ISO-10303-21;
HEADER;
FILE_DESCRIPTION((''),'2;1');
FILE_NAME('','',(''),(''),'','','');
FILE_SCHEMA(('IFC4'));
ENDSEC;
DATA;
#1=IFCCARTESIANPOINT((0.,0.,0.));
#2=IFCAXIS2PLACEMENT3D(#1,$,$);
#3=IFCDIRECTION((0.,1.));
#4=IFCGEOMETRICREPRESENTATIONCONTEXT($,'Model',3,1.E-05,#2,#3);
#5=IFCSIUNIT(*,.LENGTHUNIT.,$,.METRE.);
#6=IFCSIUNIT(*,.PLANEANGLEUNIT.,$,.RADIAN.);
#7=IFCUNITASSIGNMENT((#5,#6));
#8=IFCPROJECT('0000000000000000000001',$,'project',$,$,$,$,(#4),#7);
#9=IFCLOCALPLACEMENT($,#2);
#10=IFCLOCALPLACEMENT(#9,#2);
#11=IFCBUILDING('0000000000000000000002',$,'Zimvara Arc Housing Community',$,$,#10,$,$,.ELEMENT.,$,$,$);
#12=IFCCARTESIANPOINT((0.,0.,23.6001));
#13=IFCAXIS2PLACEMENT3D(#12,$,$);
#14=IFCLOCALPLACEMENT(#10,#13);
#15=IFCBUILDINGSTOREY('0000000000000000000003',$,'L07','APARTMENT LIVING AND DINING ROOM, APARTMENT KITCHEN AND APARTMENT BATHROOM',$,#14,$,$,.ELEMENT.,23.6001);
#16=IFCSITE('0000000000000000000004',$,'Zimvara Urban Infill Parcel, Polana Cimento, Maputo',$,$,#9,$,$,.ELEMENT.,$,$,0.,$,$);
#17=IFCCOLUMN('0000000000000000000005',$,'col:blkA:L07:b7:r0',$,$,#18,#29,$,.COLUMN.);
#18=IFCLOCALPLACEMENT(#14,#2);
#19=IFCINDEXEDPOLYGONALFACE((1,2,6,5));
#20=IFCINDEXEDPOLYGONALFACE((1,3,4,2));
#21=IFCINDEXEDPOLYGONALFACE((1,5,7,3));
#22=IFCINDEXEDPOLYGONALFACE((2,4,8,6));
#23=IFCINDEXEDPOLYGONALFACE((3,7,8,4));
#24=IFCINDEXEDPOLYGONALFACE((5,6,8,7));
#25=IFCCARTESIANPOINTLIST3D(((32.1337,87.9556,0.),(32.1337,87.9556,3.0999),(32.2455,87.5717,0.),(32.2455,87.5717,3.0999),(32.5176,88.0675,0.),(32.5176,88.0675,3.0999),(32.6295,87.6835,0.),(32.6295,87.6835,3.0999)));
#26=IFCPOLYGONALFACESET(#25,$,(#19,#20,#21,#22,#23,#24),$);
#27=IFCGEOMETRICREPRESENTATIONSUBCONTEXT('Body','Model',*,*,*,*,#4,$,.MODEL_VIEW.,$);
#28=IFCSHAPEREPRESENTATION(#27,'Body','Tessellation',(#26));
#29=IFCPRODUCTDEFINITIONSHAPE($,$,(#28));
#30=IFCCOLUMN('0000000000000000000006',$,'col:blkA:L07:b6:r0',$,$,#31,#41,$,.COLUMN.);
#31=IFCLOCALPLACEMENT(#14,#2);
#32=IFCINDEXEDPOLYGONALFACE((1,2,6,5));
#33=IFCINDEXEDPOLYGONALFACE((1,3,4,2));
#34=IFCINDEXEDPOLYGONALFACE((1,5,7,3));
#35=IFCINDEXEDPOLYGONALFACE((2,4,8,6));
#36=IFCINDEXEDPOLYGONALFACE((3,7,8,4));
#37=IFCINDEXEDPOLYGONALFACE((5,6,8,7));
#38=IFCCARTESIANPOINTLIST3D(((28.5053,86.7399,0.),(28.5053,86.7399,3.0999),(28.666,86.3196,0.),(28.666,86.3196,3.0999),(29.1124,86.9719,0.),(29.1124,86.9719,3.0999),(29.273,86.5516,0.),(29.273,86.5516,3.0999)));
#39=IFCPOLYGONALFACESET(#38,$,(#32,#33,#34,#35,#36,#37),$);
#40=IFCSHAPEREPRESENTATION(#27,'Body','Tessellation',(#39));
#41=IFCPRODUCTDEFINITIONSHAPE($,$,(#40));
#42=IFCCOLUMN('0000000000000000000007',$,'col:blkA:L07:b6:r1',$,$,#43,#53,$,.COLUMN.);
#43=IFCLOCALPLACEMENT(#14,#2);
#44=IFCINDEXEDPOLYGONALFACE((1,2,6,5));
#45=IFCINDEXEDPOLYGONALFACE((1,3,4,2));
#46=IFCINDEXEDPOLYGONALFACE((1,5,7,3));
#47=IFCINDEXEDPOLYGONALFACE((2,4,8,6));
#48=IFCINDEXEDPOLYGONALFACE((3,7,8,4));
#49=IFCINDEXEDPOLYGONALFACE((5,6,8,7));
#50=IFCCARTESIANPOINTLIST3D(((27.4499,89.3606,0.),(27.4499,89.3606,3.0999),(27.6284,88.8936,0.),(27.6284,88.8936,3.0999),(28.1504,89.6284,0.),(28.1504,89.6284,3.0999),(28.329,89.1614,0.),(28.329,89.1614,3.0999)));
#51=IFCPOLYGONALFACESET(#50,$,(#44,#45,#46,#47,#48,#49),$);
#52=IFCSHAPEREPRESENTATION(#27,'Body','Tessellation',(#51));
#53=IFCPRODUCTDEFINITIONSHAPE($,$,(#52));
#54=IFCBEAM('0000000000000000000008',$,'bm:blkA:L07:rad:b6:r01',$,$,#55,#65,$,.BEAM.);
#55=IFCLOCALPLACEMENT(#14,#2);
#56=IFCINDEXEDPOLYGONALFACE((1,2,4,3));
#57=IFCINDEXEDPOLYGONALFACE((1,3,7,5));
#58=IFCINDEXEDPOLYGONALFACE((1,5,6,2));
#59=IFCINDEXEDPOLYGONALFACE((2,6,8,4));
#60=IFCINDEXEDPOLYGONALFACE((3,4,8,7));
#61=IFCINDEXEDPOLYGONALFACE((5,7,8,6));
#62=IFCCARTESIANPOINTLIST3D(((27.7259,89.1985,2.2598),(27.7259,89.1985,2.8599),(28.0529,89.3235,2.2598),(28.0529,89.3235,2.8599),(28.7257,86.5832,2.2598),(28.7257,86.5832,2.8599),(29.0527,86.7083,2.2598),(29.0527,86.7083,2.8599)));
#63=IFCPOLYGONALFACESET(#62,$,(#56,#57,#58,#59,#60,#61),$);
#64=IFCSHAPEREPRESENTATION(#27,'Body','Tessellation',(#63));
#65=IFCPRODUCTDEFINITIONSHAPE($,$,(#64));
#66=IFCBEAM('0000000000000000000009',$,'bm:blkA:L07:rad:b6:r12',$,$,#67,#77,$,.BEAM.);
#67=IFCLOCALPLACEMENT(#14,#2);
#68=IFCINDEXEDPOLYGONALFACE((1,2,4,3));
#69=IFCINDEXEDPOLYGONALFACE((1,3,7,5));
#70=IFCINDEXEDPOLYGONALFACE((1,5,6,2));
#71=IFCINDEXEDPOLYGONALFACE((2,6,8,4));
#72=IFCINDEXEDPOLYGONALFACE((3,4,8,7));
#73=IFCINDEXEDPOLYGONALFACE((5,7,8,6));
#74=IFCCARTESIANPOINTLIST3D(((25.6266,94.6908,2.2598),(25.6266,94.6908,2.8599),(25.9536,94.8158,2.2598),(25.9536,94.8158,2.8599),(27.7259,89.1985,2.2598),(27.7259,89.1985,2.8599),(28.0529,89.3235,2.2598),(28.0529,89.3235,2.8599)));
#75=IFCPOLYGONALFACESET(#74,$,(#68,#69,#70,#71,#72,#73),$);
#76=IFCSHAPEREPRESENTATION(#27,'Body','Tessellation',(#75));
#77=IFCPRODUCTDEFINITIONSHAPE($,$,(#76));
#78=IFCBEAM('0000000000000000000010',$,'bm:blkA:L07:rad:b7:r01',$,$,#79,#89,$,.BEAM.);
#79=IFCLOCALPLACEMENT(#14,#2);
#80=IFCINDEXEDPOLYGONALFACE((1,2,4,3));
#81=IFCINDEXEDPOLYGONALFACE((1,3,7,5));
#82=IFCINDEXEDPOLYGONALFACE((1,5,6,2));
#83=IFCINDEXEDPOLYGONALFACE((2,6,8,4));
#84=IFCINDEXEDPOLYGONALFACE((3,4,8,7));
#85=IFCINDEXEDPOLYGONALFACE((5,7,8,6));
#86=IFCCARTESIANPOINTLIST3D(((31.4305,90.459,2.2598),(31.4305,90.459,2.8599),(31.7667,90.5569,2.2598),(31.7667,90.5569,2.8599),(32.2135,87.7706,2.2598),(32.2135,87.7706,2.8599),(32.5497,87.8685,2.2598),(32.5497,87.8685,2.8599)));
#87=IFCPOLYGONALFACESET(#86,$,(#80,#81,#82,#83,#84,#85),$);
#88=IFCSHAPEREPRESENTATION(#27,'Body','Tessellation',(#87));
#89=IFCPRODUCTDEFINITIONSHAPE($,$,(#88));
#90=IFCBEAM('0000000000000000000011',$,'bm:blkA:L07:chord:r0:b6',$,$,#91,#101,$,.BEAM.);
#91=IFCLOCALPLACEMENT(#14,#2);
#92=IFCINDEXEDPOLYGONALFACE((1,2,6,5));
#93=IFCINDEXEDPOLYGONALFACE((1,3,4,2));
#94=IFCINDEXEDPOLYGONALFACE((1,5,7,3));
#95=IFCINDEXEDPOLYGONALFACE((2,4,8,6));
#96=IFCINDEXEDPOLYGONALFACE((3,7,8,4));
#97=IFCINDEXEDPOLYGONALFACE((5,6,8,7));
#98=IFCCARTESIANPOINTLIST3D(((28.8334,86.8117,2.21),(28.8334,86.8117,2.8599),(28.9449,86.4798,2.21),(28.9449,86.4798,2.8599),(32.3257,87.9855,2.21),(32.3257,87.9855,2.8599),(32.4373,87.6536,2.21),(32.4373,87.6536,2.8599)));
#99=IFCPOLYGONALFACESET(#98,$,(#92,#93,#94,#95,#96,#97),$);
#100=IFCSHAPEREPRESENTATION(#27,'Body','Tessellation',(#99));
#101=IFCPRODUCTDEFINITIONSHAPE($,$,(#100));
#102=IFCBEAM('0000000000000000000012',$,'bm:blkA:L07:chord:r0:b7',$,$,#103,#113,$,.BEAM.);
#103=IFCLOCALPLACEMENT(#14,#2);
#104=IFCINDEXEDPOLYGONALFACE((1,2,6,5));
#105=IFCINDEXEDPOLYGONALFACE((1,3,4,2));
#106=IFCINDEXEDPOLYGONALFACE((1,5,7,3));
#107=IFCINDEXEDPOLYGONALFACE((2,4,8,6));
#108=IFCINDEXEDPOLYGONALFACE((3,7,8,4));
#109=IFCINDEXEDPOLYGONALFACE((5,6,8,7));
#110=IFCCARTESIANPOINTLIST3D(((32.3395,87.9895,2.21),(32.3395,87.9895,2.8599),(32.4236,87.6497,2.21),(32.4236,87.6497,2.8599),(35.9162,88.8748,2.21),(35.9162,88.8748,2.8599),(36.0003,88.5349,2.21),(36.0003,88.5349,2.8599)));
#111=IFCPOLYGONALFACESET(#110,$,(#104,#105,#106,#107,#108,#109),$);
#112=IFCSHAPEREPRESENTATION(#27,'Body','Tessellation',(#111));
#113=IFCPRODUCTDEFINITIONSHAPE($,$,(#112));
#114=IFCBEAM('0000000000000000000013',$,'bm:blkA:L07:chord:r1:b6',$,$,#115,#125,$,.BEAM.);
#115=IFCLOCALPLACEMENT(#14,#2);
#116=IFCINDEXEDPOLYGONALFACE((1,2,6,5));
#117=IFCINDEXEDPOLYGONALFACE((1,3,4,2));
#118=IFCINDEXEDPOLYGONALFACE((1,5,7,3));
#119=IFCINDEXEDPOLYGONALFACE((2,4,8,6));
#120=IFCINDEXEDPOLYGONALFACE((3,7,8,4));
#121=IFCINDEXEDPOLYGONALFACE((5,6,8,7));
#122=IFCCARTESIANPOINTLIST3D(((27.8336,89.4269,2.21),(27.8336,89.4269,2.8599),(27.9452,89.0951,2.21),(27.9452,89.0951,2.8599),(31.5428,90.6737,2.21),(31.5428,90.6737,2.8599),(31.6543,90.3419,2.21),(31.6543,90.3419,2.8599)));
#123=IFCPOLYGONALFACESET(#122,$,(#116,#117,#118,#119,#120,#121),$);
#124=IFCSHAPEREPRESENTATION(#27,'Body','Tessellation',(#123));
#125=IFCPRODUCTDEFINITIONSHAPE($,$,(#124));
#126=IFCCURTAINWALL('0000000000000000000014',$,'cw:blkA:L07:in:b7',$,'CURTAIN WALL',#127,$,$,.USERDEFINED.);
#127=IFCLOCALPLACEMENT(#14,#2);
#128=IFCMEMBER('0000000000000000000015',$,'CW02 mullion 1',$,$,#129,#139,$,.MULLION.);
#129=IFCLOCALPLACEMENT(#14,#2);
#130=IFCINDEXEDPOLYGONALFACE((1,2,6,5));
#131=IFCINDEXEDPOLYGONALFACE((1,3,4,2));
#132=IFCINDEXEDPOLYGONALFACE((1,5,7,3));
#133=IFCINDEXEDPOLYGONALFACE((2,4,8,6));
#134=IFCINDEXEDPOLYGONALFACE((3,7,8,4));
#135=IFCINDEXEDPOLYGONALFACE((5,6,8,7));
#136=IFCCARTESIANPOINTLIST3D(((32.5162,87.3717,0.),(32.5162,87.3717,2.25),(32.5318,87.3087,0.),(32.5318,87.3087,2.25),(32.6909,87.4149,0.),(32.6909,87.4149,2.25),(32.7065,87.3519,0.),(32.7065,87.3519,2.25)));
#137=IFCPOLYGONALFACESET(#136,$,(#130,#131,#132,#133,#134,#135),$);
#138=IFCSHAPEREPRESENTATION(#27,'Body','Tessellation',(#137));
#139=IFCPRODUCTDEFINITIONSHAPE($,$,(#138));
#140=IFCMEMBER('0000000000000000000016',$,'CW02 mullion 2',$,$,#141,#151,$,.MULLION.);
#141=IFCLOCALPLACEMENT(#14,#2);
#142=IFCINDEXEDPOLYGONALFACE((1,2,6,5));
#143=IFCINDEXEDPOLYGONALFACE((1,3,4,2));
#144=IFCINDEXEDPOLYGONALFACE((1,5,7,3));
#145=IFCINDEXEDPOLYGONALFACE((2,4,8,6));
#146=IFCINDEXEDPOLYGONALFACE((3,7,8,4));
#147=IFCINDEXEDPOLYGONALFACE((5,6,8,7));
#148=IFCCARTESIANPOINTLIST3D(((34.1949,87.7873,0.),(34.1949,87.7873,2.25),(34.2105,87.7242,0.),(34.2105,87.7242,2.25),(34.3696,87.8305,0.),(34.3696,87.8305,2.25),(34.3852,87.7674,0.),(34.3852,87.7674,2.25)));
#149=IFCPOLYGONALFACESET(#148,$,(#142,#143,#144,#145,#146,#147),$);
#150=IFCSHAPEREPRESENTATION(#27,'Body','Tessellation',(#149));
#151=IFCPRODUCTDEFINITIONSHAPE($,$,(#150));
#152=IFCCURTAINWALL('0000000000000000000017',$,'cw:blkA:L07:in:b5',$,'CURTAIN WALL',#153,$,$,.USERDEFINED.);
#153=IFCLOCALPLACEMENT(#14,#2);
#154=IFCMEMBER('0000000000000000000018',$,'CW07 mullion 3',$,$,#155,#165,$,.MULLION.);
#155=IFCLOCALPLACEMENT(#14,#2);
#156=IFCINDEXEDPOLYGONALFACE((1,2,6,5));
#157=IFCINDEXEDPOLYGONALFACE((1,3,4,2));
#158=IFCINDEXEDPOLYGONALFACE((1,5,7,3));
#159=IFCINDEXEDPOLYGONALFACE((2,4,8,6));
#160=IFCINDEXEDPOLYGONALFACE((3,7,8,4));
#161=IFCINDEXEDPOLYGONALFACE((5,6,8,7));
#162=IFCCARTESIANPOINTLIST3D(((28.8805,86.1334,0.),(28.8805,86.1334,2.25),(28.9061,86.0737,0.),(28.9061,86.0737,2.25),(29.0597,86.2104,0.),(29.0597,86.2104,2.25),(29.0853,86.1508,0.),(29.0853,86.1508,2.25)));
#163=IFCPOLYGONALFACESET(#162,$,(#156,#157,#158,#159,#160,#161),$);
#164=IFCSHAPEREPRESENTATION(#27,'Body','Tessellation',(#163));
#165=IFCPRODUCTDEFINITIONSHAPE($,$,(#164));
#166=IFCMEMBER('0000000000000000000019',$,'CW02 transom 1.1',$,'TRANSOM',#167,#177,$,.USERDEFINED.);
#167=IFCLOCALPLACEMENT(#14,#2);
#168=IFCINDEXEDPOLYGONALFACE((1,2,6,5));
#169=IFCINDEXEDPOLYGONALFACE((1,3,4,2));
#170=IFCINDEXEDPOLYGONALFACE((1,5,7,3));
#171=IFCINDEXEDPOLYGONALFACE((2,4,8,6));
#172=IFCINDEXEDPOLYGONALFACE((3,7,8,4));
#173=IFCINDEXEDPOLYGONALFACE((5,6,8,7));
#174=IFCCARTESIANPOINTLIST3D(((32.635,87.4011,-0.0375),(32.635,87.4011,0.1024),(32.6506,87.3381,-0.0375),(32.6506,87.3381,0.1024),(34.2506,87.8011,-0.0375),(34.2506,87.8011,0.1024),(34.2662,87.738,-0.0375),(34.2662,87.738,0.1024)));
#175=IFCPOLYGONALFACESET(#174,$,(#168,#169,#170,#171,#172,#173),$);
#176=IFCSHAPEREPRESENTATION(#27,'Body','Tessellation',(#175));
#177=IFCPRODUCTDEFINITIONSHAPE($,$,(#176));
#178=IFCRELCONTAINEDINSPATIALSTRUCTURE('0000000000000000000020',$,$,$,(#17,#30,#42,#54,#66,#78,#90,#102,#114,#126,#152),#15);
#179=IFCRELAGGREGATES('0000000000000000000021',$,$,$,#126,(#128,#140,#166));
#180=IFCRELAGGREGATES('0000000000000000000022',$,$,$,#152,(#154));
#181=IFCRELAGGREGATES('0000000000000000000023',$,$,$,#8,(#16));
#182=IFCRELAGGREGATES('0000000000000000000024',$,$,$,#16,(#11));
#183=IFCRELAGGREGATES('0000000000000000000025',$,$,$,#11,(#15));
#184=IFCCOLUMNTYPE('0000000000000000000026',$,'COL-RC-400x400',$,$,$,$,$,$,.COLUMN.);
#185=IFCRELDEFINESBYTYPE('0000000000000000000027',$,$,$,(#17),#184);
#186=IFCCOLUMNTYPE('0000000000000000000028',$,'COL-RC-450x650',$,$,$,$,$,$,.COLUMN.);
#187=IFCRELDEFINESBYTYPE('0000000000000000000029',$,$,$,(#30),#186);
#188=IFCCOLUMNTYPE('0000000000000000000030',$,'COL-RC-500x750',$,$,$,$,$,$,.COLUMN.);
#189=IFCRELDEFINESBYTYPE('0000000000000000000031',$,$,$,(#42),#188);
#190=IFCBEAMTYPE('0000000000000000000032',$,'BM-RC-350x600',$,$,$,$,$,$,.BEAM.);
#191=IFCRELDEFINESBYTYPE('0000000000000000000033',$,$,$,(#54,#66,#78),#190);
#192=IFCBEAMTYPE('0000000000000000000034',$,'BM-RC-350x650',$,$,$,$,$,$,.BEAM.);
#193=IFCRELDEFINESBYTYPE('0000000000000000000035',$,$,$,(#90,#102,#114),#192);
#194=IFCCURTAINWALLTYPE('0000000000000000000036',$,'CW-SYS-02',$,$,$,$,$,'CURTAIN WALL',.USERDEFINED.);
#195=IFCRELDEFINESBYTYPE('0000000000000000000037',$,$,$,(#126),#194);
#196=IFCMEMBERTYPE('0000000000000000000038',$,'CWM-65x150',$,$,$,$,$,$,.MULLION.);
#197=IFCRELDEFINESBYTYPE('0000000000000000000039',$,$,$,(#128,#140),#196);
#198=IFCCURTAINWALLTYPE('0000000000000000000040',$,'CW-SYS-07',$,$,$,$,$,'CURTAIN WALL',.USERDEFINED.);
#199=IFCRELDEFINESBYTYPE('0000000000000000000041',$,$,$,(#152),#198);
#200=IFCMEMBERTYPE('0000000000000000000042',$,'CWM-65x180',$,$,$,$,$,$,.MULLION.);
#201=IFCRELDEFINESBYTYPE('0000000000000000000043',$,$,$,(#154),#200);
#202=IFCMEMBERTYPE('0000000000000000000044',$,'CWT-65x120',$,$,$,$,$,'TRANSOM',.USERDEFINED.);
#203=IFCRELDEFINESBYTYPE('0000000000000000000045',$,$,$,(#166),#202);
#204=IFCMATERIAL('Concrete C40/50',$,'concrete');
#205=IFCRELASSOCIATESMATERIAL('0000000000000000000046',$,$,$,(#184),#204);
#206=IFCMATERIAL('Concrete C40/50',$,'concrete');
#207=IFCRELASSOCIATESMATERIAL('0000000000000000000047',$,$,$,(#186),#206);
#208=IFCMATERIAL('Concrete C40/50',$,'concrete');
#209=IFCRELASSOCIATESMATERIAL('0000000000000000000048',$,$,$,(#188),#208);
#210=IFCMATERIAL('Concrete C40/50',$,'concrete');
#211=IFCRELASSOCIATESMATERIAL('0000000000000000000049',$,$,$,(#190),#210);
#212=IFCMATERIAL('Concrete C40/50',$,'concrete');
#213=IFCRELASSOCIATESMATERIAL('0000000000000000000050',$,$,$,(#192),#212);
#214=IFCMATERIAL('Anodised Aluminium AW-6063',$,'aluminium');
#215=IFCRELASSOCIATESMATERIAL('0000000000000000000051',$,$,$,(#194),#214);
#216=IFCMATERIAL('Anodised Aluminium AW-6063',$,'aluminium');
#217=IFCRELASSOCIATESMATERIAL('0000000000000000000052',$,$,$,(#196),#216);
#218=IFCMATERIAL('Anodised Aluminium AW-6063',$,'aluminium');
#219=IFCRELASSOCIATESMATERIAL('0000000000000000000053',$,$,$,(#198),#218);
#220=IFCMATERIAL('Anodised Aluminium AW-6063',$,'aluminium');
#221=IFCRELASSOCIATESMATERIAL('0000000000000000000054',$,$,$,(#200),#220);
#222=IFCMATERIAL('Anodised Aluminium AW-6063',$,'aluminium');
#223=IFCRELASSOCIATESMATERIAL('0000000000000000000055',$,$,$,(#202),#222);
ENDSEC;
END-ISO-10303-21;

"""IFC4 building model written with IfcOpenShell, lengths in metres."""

from ifc_helpers import new_model, si_unit, direction, frame, origin, origin_2d, place, context, subcontext, project, spatial, rectangle, extrude, material, material_profile, profile_set, type_object, element, aggregate, save


model = new_model("IFC4")

# Units and contexts
model_context = context("Model", 3, precision=1e-05, world=origin(), true_north=direction((0.0, 1.0)))
body_context = subcontext(model_context, "Body", "Model", "MODEL_VIEW")
ifc_project = project(units=[si_unit("LENGTHUNIT", "METRE"), si_unit("PLANEANGLEUNIT", "RADIAN")], contexts=[model_context])

# Site, building, storey
site_placement = place(None, origin())
site = spatial("IfcSite", under=ifc_project, at=site_placement, Name="Zimvara Urban Infill Parcel, Polana Cimento, Maputo", CompositionType="ELEMENT", RefElevation=0.0)
building_placement = place(site_placement, origin())
building = spatial("IfcBuilding", under=site, at=building_placement, Name="Zimvara Arc Housing Community", CompositionType="ELEMENT")
storey_placement = place(building_placement, frame((0.0, 0.0, 23.6001)))
storey = spatial("IfcBuildingStorey", under=building, at=storey_placement, Name="L07", Description="APARTMENT LIVING AND DINING ROOM, APARTMENT KITCHEN AND APARTMENT BATHROOM", CompositionType="ELEMENT", Elevation=23.6001)

# Columns
ifc_material_1 = material(Name="Concrete C40/50", Category="concrete")
ifc_material_profile_1 = material_profile(ifc_material_1, rectangle(XDim=0.3999, YDim=0.3999, at=origin_2d()), Name="RC 400x400")
ifc_profile_set_1 = profile_set([ifc_material_profile_1], Name="Concrete C40/50")
column_type_1 = type_object("IfcColumnType", Name="COL-RC-400x400", PredefinedType="COLUMN", material=ifc_profile_set_1)
column_1_placement = place(storey_placement, frame((32.3816, 87.8196, 0.0), z_axis=(0.0, 0.0, 1.0), x_axis=(-0.279661, 0.960099, 0.0)))
element("IfcColumn", 1, at=column_1_placement, inside=storey, type_object=column_type_1, Name="col:blkA:L07:b7:r0", PredefinedType="COLUMN", context=body_context, shape_type="SweptSolid", body=[
    extrude(rectangle(XDim=0.3999, YDim=0.3999, at=origin_2d()), origin(), (0.0, 0.0, 1.0), 3.0999),
])
ifc_material_2 = material(Name="Concrete C40/50", Category="concrete")
ifc_material_profile_2 = material_profile(ifc_material_2, rectangle(XDim=0.45, YDim=0.6499, at=origin_2d()), Name="RC 450x650")
ifc_profile_set_2 = profile_set([ifc_material_profile_2], Name="Concrete C40/50")
column_type_2 = type_object("IfcColumnType", Name="COL-RC-450x650", PredefinedType="COLUMN", material=ifc_profile_set_2)
column_2_placement = place(storey_placement, frame((28.8892, 86.6458, 0.0), z_axis=(0.0, 0.0, 1.0), x_axis=(-0.357064, 0.93408, 0.0)))
element("IfcColumn", 2, at=column_2_placement, inside=storey, type_object=column_type_2, Name="col:blkA:L07:b6:r0", PredefinedType="COLUMN", context=body_context, shape_type="SweptSolid", body=[
    extrude(rectangle(XDim=0.45, YDim=0.6499, at=origin_2d()), origin(), (0.0, 0.0, 1.0), 3.0999),
])
ifc_material_3 = material(Name="Concrete C40/50", Category="concrete")
ifc_material_profile_3 = material_profile(ifc_material_3, rectangle(XDim=0.5, YDim=0.75, at=origin_2d()), Name="RC 500x750")
ifc_profile_set_3 = profile_set([ifc_material_profile_3], Name="Concrete C40/50")
column_type_3 = type_object("IfcColumnType", Name="COL-RC-500x750", PredefinedType="COLUMN", material=ifc_profile_set_3)
column_3_placement = place(storey_placement, frame((27.8894, 89.261, 0.0), z_axis=(0.0, 0.0, 1.0), x_axis=(-0.357064, 0.93408, 0.0)))
element("IfcColumn", 3, at=column_3_placement, inside=storey, type_object=column_type_3, Name="col:blkA:L07:b6:r1", PredefinedType="COLUMN", context=body_context, shape_type="SweptSolid", body=[
    extrude(rectangle(XDim=0.5, YDim=0.75, at=origin_2d()), origin(), (0.0, 0.0, 1.0), 3.0999),
])

# Beams
ifc_material_4 = material(Name="Concrete C40/50", Category="concrete")
ifc_material_profile_4 = material_profile(ifc_material_4, rectangle(XDim=0.3501, YDim=0.6001, at=origin_2d()), Name="RC 350x600")
ifc_profile_set_4 = profile_set([ifc_material_profile_4], Name="Concrete C40/50")
beam_type_1 = type_object("IfcBeamType", Name="BM-RC-350x600", PredefinedType="BEAM", material=ifc_profile_set_4)
beam_1_placement = place(storey_placement, frame((28.8892, 86.6458, 2.5598), z_axis=(-0.357079, 0.934074, 0.0), x_axis=(-0.934074, -0.357079, 0.0)))
element("IfcBeam", 4, at=beam_1_placement, inside=storey, type_object=beam_type_1, Name="bm:blkA:L07:rad:b6:r01", PredefinedType="BEAM", context=body_context, shape_type="SweptSolid", body=[
    extrude(rectangle(XDim=0.3501, YDim=0.6001, at=origin_2d()), origin(), (0.0, 0.0, 1.0), 2.7998),
])
beam_2_placement = place(storey_placement, frame((27.8894, 89.261, 2.5598), z_axis=(-0.357036, 0.934091, 0.0), x_axis=(-0.934091, -0.357036, 0.0)))
element("IfcBeam", 5, at=beam_2_placement, inside=storey, type_object=beam_type_1, Name="bm:blkA:L07:rad:b6:r12", PredefinedType="BEAM", context=body_context, shape_type="SweptSolid", body=[
    extrude(rectangle(XDim=0.3501, YDim=0.6001, at=origin_2d()), origin(), (0.0, 0.0, 1.0), 5.8799),
])
beam_3_placement = place(storey_placement, frame((32.3816, 87.8196, 2.5598), z_axis=(-0.279635, 0.960106, 0.0), x_axis=(-0.960106, -0.279635, 0.0)))
element("IfcBeam", 6, at=beam_3_placement, inside=storey, type_object=beam_type_1, Name="bm:blkA:L07:rad:b7:r01", PredefinedType="BEAM", context=body_context, shape_type="SweptSolid", body=[
    extrude(rectangle(XDim=0.3501, YDim=0.6001, at=origin_2d()), origin(), (0.0, 0.0, 1.0), 2.8),
])
ifc_material_5 = material(Name="Concrete C40/50", Category="concrete")
ifc_material_profile_5 = material_profile(ifc_material_5, rectangle(XDim=0.3501, YDim=0.6499, at=origin_2d()), Name="RC 350x650")
ifc_profile_set_5 = profile_set([ifc_material_profile_5], Name="Concrete C40/50")
beam_type_2 = type_object("IfcBeamType", Name="BM-RC-350x650", PredefinedType="BEAM", material=ifc_profile_set_5)
beam_4_placement = place(storey_placement, frame((28.8892, 86.6458, 2.5349), z_axis=(0.947892, 0.318592, 0.0), x_axis=(-0.318592, 0.947892, 0.0)))
element("IfcBeam", 7, at=beam_4_placement, inside=storey, type_object=beam_type_2, Name="bm:blkA:L07:chord:r0:b6", PredefinedType="BEAM", context=body_context, shape_type="SweptSolid", body=[
    extrude(rectangle(XDim=0.3501, YDim=0.6499, at=origin_2d()), origin(), (0.0, 0.0, 1.0), 3.6843),
])
beam_5_placement = place(storey_placement, frame((32.3816, 87.8196, 2.5349), z_axis=(0.970709, 0.240259, 0.0), x_axis=(-0.240259, 0.970709, 0.0)))
element("IfcBeam", 8, at=beam_5_placement, inside=storey, type_object=beam_type_2, Name="bm:blkA:L07:chord:r0:b7", PredefinedType="BEAM", context=body_context, shape_type="SweptSolid", body=[
    extrude(rectangle(XDim=0.3501, YDim=0.6499, at=origin_2d()), origin(), (0.0, 0.0, 1.0), 3.6846),
])
beam_6_placement = place(storey_placement, frame((27.8894, 89.261, 2.5349), z_axis=(0.947882, 0.318623, 0.0), x_axis=(-0.318623, 0.947882, 0.0)))
element("IfcBeam", 9, at=beam_6_placement, inside=storey, type_object=beam_type_2, Name="bm:blkA:L07:chord:r1:b6", PredefinedType="BEAM", context=body_context, shape_type="SweptSolid", body=[
    extrude(rectangle(XDim=0.3501, YDim=0.6499, at=origin_2d()), origin(), (0.0, 0.0, 1.0), 3.9131),
])

# Curtain wall, members
ifc_material_6 = material(Name="Anodised Aluminium AW-6063", Category="aluminium")
curtain_wall_type_1 = type_object("IfcCurtainWallType", Name="CW-SYS-02", ElementType="CURTAIN WALL", PredefinedType="USERDEFINED", material=ifc_material_6)
curtain_wall_1_placement = place(storey_placement, origin())
curtain_wall_1 = element("IfcCurtainWall", 10, at=curtain_wall_1_placement, inside=storey, type_object=curtain_wall_type_1, Name="cw:blkA:L07:in:b7", ObjectType="CURTAIN WALL", PredefinedType="USERDEFINED")
ifc_material_7 = material(Name="Anodised Aluminium AW-6063", Category="aluminium")
ifc_material_profile_6 = material_profile(ifc_material_7, rectangle(XDim=0.0649, YDim=0.1799, at=origin_2d()), Name="ALU 65x180")
ifc_profile_set_6 = profile_set([ifc_material_profile_6], Name="Anodised Aluminium AW-6063")
member_type_1 = type_object("IfcMemberType", Name="CWM-65x150", PredefinedType="MULLION", material=ifc_profile_set_6)
member_1_placement = place(storey_placement, frame((32.6113, 87.3618, 0.0), z_axis=(0.0, 0.0, 1.0), x_axis=(-0.240228, 0.970717, 0.0)))
member_1 = element("IfcMember", 11, at=member_1_placement, type_object=member_type_1, Name="CW02 mullion 1", PredefinedType="MULLION", context=body_context, shape_type="SweptSolid", body=[
    extrude(rectangle(XDim=0.0649, YDim=0.1799, at=origin_2d()), origin(), (0.0, 0.0, 1.0), 2.25),
])
member_2_placement = place(storey_placement, frame((34.29, 87.7773, 0.0), z_axis=(0.0, 0.0, 1.0), x_axis=(-0.240228, 0.970717, 0.0)))
member_2 = element("IfcMember", 12, at=member_2_placement, type_object=member_type_1, Name="CW02 mullion 2", PredefinedType="MULLION", context=body_context, shape_type="SweptSolid", body=[
    extrude(rectangle(XDim=0.0649, YDim=0.1799, at=origin_2d()), origin(), (0.0, 0.0, 1.0), 2.25),
])

# Curtain wall, member
ifc_material_8 = material(Name="Anodised Aluminium AW-6063", Category="aluminium")
curtain_wall_type_2 = type_object("IfcCurtainWallType", Name="CW-SYS-07", ElementType="CURTAIN WALL", PredefinedType="USERDEFINED", material=ifc_material_8)
curtain_wall_2_placement = place(storey_placement, origin())
curtain_wall_2 = element("IfcCurtainWall", 13, at=curtain_wall_2_placement, inside=storey, type_object=curtain_wall_type_2, Name="cw:blkA:L07:in:b5", ObjectType="CURTAIN WALL", PredefinedType="USERDEFINED")
ifc_material_9 = material(Name="Anodised Aluminium AW-6063", Category="aluminium")
ifc_material_profile_7 = material_profile(ifc_material_9, rectangle(XDim=0.0649, YDim=0.1951, at=origin_2d()), Name="ALU 65x195")
ifc_profile_set_7 = profile_set([ifc_material_profile_7], Name="Anodised Aluminium AW-6063")
member_type_2 = type_object("IfcMemberType", Name="CWM-65x180", PredefinedType="MULLION", material=ifc_profile_set_7)
member_3_placement = place(storey_placement, frame((28.9829, 86.1421, 0.0), z_axis=(0.0, 0.0, 1.0), x_axis=(-0.394904, 0.918722, 0.0)))
member_3 = element("IfcMember", 14, at=member_3_placement, type_object=member_type_2, Name="CW07 mullion 3", PredefinedType="MULLION", context=body_context, shape_type="SweptSolid", body=[
    extrude(rectangle(XDim=0.0649, YDim=0.1951, at=origin_2d()), origin(), (0.0, 0.0, 1.0), 2.25),
])

# Member
ifc_material_10 = material(Name="Anodised Aluminium AW-6063", Category="aluminium")
ifc_material_profile_8 = material_profile(ifc_material_10, rectangle(XDim=0.0649, YDim=0.1399, at=origin_2d()), Name="ALU 65x140")
ifc_profile_set_8 = profile_set([ifc_material_profile_8], Name="Anodised Aluminium AW-6063")
member_type_3 = type_object("IfcMemberType", Name="CWT-65x120", ElementType="TRANSOM", PredefinedType="USERDEFINED", material=ifc_profile_set_8)
member_4_placement = place(storey_placement, frame((32.6428, 87.3696, 0.0325), z_axis=(0.970701, 0.240291, 0.0), x_axis=(-0.240291, 0.970701, 0.0)))
member_4 = element("IfcMember", 15, at=member_4_placement, type_object=member_type_3, Name="CW02 transom 1.1", ObjectType="TRANSOM", PredefinedType="USERDEFINED", context=body_context, shape_type="SweptSolid", body=[
    extrude(rectangle(XDim=0.0649, YDim=0.1399, at=origin_2d()), origin(), (0.0, 0.0, 1.0), 1.6643),
])

aggregate(curtain_wall_1, [member_1, member_2, member_4])
aggregate(curtain_wall_2, [member_3])

save(model, "model.ifc")
